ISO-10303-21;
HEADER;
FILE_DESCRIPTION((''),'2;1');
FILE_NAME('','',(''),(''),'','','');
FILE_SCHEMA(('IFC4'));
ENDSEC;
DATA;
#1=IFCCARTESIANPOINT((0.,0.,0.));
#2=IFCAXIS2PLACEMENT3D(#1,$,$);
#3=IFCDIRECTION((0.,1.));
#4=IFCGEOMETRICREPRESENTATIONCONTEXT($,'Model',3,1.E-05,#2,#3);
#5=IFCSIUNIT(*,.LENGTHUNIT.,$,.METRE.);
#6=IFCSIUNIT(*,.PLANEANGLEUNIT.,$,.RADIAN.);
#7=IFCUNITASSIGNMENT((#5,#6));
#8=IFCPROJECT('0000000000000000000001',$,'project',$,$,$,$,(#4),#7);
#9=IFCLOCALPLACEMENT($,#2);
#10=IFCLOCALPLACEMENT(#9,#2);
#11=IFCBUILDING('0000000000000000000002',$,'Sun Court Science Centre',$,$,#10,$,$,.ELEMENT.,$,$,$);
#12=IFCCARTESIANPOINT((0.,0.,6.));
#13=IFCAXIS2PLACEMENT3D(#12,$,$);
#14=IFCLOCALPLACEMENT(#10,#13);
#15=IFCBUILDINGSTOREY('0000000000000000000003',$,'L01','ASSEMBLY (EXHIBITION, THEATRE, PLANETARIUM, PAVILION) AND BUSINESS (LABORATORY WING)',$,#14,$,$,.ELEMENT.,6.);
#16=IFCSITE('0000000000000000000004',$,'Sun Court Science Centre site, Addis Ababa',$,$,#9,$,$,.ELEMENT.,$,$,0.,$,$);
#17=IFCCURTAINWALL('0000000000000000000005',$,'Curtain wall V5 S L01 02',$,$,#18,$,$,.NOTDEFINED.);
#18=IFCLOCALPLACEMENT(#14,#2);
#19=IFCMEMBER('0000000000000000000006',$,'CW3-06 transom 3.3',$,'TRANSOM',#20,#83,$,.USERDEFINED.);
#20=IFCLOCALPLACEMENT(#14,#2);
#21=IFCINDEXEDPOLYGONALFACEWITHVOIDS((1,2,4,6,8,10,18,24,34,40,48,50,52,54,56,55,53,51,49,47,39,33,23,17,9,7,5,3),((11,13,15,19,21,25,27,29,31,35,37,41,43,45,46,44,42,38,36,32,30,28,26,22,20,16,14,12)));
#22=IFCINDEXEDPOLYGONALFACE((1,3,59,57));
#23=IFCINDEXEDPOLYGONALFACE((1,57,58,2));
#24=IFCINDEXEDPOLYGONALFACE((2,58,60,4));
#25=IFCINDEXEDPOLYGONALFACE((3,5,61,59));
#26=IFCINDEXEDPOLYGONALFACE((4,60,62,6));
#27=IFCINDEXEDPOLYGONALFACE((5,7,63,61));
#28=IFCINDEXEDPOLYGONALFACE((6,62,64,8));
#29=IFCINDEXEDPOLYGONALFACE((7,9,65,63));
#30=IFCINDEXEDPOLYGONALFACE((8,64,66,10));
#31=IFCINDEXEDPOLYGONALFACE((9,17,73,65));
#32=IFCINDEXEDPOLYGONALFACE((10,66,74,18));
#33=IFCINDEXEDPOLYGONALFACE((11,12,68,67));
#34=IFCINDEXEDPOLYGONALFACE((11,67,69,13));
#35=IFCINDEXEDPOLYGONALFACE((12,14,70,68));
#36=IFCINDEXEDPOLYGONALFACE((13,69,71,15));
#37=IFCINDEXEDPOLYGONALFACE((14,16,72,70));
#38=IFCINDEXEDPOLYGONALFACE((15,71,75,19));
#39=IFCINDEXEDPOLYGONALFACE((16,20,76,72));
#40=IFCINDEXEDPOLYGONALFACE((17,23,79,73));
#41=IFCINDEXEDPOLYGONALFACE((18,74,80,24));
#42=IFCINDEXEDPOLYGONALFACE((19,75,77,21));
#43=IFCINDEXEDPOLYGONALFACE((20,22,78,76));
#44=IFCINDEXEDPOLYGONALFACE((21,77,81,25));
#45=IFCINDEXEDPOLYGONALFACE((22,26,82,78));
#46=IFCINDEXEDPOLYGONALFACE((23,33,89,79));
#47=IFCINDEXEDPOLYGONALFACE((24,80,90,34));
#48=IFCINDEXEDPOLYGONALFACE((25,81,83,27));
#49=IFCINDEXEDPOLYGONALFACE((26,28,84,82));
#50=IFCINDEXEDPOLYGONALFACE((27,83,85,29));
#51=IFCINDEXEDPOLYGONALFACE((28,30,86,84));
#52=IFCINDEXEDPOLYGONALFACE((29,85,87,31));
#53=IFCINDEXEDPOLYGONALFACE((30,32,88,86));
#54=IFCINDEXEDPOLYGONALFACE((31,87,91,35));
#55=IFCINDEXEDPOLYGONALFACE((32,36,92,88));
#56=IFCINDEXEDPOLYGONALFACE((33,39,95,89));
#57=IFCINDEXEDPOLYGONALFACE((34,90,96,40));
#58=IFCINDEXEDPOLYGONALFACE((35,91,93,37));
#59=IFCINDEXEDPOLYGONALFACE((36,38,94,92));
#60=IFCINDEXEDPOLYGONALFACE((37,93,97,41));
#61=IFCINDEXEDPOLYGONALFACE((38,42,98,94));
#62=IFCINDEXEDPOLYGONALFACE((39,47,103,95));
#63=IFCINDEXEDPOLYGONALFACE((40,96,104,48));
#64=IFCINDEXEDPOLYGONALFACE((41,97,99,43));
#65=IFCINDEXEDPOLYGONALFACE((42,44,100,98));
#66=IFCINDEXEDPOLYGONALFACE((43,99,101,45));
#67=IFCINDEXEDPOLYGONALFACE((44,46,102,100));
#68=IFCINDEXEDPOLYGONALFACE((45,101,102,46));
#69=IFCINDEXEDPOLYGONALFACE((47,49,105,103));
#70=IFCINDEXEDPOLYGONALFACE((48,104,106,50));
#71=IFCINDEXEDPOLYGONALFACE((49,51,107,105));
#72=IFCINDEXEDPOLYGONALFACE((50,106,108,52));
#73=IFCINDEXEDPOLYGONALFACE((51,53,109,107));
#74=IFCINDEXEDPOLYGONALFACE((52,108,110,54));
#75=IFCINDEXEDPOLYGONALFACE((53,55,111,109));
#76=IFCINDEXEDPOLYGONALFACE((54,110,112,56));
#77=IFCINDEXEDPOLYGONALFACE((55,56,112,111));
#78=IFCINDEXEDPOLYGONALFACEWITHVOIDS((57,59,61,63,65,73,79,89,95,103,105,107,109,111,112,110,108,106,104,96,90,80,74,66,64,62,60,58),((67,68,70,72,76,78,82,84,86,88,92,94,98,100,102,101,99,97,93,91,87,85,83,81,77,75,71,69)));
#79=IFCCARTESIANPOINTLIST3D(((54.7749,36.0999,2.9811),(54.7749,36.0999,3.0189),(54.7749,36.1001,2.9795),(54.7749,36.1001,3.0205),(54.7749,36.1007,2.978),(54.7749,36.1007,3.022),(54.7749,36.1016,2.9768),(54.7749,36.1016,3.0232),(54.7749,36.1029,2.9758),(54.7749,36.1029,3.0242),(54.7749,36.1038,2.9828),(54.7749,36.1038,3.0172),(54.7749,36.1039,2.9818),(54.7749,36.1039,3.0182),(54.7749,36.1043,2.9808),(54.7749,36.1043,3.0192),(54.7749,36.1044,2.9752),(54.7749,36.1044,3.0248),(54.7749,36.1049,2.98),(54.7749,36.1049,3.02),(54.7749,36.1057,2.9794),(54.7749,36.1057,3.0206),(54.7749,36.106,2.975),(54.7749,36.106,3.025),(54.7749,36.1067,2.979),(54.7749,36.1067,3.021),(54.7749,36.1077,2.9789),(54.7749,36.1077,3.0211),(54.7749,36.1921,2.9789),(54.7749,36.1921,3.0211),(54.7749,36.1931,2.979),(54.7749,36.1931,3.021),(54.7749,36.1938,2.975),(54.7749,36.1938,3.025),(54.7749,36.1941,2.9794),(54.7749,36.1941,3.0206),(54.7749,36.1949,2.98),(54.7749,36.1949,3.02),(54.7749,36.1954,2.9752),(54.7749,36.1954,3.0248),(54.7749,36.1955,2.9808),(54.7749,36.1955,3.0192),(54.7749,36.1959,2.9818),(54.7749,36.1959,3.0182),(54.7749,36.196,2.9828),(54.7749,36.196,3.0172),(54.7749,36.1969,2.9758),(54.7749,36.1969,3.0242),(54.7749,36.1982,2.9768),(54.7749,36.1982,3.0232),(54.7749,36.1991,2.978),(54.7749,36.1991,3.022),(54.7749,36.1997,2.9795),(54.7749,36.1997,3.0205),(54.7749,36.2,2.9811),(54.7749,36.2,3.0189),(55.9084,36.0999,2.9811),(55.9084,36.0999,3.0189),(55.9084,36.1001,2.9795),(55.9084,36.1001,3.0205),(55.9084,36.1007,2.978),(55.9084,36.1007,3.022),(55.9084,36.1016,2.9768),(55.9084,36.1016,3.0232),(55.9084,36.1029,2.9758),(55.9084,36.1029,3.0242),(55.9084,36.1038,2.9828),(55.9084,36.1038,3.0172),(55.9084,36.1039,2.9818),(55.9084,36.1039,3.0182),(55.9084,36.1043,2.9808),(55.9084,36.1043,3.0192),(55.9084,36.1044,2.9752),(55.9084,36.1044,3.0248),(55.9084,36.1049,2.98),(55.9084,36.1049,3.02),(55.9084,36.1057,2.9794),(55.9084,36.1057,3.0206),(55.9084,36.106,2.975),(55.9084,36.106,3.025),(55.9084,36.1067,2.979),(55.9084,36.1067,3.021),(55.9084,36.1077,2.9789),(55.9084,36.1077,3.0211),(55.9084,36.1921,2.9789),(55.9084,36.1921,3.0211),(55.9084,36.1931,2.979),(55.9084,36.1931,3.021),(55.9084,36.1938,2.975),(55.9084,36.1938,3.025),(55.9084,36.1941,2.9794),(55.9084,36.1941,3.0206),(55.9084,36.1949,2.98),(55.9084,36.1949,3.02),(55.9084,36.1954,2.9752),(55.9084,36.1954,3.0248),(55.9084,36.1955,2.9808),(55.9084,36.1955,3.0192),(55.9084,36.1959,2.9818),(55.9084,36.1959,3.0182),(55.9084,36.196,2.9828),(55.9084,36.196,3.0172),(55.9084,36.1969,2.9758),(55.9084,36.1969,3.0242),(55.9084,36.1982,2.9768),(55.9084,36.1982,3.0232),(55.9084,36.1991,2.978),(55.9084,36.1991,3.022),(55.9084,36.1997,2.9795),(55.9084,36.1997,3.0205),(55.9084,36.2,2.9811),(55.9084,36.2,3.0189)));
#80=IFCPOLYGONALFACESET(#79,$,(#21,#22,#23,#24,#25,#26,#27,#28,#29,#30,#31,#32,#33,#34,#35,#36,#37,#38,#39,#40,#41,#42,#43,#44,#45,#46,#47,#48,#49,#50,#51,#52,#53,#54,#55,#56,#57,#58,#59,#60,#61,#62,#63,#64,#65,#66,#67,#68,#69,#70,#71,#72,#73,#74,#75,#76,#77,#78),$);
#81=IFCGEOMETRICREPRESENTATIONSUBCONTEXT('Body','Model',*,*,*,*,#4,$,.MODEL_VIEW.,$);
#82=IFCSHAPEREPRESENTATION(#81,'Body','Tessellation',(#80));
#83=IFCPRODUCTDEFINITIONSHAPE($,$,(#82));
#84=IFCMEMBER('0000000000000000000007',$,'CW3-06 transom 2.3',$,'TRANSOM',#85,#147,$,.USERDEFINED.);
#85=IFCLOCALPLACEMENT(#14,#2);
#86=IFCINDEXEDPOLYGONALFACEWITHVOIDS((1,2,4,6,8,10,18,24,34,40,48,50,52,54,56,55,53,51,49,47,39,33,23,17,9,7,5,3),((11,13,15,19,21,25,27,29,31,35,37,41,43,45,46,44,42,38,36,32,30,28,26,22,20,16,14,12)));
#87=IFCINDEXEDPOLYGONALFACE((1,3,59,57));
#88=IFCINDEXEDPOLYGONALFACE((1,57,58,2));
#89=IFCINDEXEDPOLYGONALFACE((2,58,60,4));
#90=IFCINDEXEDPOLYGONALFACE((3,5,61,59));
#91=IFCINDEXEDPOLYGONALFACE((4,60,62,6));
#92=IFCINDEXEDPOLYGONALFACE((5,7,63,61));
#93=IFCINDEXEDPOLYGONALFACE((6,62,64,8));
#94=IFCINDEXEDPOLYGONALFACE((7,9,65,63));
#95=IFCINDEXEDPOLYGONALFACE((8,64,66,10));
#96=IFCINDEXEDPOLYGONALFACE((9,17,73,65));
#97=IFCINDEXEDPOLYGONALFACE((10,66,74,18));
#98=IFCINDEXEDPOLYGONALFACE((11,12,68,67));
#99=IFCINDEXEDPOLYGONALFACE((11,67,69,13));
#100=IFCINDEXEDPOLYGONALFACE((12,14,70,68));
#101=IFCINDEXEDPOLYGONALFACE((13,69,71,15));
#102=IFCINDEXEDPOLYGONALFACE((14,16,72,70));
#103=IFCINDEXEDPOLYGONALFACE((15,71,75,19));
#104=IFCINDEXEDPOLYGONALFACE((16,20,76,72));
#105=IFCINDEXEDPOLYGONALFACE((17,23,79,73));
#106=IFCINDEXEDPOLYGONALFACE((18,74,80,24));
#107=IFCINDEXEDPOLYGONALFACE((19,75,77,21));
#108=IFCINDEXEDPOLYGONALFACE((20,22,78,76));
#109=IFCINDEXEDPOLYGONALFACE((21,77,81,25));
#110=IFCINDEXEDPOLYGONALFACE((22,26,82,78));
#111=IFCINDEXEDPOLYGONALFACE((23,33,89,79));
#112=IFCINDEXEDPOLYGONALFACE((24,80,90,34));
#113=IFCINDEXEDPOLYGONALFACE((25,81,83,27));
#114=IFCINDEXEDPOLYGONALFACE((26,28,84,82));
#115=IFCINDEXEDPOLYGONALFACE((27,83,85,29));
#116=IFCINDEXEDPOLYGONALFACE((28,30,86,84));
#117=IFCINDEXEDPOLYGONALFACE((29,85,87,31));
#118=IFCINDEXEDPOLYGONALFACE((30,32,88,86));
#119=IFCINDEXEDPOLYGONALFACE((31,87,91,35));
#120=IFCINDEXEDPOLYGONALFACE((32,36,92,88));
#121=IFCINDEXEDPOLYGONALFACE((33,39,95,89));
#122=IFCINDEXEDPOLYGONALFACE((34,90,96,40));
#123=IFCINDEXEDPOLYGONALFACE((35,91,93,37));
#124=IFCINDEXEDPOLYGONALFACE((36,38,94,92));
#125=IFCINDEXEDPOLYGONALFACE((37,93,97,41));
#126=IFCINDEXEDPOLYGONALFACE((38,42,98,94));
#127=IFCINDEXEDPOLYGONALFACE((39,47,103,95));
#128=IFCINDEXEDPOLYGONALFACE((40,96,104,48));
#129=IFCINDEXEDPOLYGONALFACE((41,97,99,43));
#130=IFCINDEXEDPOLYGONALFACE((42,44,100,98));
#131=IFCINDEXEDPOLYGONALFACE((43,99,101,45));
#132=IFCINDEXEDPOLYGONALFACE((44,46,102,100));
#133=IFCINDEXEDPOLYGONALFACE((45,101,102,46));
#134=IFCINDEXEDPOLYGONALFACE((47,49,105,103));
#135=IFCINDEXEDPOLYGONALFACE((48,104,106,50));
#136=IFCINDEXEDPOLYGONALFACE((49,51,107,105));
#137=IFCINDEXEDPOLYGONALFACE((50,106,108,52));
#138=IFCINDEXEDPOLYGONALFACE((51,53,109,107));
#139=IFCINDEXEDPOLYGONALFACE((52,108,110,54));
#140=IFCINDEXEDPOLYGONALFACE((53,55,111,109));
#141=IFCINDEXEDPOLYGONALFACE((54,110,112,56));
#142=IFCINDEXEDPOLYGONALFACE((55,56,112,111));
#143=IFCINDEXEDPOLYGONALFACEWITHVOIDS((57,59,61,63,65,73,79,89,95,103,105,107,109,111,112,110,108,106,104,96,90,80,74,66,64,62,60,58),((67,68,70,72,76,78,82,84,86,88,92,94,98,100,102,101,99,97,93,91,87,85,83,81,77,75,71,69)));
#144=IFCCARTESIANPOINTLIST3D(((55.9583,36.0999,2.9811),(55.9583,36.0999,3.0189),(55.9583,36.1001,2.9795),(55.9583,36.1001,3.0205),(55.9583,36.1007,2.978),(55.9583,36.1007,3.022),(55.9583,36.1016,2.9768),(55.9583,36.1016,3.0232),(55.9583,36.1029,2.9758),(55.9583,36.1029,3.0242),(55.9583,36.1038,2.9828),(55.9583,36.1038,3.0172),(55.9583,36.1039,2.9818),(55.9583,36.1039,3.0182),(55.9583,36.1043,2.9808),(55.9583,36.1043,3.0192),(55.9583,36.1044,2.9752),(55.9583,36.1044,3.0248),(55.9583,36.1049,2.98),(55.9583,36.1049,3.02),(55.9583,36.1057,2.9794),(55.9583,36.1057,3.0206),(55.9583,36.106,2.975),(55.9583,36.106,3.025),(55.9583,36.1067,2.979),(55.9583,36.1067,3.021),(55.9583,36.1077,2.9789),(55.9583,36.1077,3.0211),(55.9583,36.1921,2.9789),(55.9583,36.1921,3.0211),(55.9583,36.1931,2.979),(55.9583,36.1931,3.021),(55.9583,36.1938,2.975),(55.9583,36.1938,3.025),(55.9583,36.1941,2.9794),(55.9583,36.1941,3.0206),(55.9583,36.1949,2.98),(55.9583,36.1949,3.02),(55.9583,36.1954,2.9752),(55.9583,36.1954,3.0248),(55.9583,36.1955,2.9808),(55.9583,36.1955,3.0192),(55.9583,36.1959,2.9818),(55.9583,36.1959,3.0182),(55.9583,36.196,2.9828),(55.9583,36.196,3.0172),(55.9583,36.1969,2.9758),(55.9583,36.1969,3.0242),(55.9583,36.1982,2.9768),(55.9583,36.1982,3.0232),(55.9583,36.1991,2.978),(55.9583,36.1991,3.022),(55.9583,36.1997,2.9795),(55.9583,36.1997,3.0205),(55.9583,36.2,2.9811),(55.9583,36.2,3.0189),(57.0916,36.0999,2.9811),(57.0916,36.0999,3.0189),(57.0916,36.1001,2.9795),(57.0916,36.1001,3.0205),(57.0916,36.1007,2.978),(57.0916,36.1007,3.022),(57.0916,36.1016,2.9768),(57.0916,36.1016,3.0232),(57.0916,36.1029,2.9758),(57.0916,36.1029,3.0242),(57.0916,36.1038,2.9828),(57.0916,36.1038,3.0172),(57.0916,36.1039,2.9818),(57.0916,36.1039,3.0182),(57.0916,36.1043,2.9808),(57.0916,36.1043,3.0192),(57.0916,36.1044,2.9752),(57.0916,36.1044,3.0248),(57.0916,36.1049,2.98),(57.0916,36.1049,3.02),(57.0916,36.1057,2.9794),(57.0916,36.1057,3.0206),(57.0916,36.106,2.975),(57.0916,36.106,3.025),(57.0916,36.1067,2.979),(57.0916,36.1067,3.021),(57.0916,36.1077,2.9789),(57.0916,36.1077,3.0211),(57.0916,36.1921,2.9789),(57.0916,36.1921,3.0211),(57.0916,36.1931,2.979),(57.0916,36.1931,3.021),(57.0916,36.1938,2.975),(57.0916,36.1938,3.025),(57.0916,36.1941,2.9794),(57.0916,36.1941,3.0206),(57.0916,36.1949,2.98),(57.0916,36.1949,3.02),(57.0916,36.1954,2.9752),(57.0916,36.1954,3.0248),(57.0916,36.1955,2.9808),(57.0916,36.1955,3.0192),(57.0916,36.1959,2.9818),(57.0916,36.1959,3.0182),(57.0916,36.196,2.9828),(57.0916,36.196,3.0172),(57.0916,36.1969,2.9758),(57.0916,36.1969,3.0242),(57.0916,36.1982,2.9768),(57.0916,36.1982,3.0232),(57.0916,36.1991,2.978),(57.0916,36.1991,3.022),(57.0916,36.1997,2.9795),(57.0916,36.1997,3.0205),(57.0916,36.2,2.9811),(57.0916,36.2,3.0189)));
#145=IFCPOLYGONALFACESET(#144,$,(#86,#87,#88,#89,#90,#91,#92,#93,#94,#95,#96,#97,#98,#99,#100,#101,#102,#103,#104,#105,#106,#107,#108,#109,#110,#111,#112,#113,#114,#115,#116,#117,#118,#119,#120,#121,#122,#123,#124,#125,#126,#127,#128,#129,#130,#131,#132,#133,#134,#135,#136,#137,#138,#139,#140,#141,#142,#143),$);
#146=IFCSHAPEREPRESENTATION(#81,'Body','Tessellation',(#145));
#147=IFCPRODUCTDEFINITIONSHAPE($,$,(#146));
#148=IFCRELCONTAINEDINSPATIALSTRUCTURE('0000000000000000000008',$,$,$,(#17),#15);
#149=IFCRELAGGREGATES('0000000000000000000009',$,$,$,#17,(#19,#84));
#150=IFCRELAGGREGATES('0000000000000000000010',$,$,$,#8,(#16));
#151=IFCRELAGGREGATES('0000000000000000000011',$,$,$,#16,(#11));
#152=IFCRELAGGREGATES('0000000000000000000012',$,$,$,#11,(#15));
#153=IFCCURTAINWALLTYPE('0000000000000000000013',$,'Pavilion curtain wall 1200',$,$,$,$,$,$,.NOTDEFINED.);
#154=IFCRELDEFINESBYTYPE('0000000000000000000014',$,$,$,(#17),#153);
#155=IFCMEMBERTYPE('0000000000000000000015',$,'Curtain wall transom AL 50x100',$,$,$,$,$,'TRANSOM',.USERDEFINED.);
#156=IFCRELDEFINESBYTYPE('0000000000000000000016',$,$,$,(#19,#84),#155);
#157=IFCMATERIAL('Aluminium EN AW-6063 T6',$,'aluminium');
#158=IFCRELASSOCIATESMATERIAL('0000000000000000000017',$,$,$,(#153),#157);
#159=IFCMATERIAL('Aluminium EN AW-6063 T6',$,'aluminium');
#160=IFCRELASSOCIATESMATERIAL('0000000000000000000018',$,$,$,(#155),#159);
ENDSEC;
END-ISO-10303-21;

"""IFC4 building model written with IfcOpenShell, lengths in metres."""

from ifc_helpers import new_model, si_unit, direction, frame, origin, origin_2d, place, context, subcontext, project, spatial, hollow_rectangle, extrude, material, material_profile, profile_set, type_object, element, aggregate, save


model = new_model("IFC4")

# Units and contexts
model_context = context("Model", 3, precision=1e-05, world=origin(), true_north=direction((0.0, 1.0)))
body_context = subcontext(model_context, "Body", "Model", "MODEL_VIEW")
ifc_project = project(units=[si_unit("LENGTHUNIT", "METRE"), si_unit("PLANEANGLEUNIT", "RADIAN")], contexts=[model_context])

# Site, building, storey
site_placement = place(None, origin())
site = spatial("IfcSite", under=ifc_project, at=site_placement, Name="Sun Court Science Centre site, Addis Ababa", CompositionType="ELEMENT", RefElevation=0.0)
building_placement = place(site_placement, origin())
building = spatial("IfcBuilding", under=site, at=building_placement, Name="Sun Court Science Centre", CompositionType="ELEMENT")
storey_placement = place(building_placement, frame((0.0, 0.0, 6.0)))
storey = spatial("IfcBuildingStorey", under=building, at=storey_placement, Name="L01", Description="ASSEMBLY (EXHIBITION, THEATRE, PLANETARIUM, PAVILION) AND BUSINESS (LABORATORY WING)", CompositionType="ELEMENT", Elevation=6.0)

# Curtain wall, members
ifc_material_1 = material(Name="Aluminium EN AW-6063 T6", Category="aluminium")
curtain_wall_type_1 = type_object("IfcCurtainWallType", Name="Pavilion curtain wall 1200", PredefinedType="NOTDEFINED", material=ifc_material_1)
curtain_wall_1_placement = place(storey_placement, origin())
curtain_wall_1 = element("IfcCurtainWall", 1, at=curtain_wall_1_placement, inside=storey, type_object=curtain_wall_type_1, Name="Curtain wall V5 S L01 02", PredefinedType="NOTDEFINED")
ifc_material_2 = material(Name="Aluminium EN AW-6063 T6", Category="aluminium")
ifc_material_profile_1 = material_profile(ifc_material_2, hollow_rectangle(XDim=0.05, YDim=0.1001, WallThickness=0.0039, InnerFilletRadius=0.0039, OuterFilletRadius=0.0061, at=origin_2d()), Name="AL 50x100x4")
ifc_profile_set_1 = profile_set([ifc_material_profile_1], Name="Aluminium EN AW-6063 T6")
member_type_1 = type_object("IfcMemberType", Name="Curtain wall transom AL 50x100", ElementType="TRANSOM", PredefinedType="USERDEFINED", material=ifc_profile_set_1)
member_1_placement = place(storey_placement, frame((55.9084, 36.1499, 3.0), z_axis=(-1.0, 0.0, 0.0), x_axis=(0.0, 0.0, 1.0)))
member_1 = element("IfcMember", 2, at=member_1_placement, type_object=member_type_1, Name="CW3-06 transom 3.3", ObjectType="TRANSOM", PredefinedType="USERDEFINED", context=body_context, shape_type="SweptSolid", body=[
    extrude(hollow_rectangle(XDim=0.05, YDim=0.1001, WallThickness=0.0039, InnerFilletRadius=0.0039, OuterFilletRadius=0.0061, at=origin_2d()), origin(), (0.0, 0.0, 1.0), 1.1335),
])
member_2_placement = place(storey_placement, frame((57.0916, 36.1499, 3.0), z_axis=(-1.0, 0.0, 0.0), x_axis=(0.0, 0.0, 1.0)))
member_2 = element("IfcMember", 3, at=member_2_placement, type_object=member_type_1, Name="CW3-06 transom 2.3", ObjectType="TRANSOM", PredefinedType="USERDEFINED", context=body_context, shape_type="SweptSolid", body=[
    extrude(hollow_rectangle(XDim=0.05, YDim=0.1001, WallThickness=0.0039, InnerFilletRadius=0.0039, OuterFilletRadius=0.0061, at=origin_2d()), origin(), (0.0, 0.0, 1.0), 1.1333),
])

aggregate(curtain_wall_1, [member_1, member_2])

save(model, "model.ifc")
